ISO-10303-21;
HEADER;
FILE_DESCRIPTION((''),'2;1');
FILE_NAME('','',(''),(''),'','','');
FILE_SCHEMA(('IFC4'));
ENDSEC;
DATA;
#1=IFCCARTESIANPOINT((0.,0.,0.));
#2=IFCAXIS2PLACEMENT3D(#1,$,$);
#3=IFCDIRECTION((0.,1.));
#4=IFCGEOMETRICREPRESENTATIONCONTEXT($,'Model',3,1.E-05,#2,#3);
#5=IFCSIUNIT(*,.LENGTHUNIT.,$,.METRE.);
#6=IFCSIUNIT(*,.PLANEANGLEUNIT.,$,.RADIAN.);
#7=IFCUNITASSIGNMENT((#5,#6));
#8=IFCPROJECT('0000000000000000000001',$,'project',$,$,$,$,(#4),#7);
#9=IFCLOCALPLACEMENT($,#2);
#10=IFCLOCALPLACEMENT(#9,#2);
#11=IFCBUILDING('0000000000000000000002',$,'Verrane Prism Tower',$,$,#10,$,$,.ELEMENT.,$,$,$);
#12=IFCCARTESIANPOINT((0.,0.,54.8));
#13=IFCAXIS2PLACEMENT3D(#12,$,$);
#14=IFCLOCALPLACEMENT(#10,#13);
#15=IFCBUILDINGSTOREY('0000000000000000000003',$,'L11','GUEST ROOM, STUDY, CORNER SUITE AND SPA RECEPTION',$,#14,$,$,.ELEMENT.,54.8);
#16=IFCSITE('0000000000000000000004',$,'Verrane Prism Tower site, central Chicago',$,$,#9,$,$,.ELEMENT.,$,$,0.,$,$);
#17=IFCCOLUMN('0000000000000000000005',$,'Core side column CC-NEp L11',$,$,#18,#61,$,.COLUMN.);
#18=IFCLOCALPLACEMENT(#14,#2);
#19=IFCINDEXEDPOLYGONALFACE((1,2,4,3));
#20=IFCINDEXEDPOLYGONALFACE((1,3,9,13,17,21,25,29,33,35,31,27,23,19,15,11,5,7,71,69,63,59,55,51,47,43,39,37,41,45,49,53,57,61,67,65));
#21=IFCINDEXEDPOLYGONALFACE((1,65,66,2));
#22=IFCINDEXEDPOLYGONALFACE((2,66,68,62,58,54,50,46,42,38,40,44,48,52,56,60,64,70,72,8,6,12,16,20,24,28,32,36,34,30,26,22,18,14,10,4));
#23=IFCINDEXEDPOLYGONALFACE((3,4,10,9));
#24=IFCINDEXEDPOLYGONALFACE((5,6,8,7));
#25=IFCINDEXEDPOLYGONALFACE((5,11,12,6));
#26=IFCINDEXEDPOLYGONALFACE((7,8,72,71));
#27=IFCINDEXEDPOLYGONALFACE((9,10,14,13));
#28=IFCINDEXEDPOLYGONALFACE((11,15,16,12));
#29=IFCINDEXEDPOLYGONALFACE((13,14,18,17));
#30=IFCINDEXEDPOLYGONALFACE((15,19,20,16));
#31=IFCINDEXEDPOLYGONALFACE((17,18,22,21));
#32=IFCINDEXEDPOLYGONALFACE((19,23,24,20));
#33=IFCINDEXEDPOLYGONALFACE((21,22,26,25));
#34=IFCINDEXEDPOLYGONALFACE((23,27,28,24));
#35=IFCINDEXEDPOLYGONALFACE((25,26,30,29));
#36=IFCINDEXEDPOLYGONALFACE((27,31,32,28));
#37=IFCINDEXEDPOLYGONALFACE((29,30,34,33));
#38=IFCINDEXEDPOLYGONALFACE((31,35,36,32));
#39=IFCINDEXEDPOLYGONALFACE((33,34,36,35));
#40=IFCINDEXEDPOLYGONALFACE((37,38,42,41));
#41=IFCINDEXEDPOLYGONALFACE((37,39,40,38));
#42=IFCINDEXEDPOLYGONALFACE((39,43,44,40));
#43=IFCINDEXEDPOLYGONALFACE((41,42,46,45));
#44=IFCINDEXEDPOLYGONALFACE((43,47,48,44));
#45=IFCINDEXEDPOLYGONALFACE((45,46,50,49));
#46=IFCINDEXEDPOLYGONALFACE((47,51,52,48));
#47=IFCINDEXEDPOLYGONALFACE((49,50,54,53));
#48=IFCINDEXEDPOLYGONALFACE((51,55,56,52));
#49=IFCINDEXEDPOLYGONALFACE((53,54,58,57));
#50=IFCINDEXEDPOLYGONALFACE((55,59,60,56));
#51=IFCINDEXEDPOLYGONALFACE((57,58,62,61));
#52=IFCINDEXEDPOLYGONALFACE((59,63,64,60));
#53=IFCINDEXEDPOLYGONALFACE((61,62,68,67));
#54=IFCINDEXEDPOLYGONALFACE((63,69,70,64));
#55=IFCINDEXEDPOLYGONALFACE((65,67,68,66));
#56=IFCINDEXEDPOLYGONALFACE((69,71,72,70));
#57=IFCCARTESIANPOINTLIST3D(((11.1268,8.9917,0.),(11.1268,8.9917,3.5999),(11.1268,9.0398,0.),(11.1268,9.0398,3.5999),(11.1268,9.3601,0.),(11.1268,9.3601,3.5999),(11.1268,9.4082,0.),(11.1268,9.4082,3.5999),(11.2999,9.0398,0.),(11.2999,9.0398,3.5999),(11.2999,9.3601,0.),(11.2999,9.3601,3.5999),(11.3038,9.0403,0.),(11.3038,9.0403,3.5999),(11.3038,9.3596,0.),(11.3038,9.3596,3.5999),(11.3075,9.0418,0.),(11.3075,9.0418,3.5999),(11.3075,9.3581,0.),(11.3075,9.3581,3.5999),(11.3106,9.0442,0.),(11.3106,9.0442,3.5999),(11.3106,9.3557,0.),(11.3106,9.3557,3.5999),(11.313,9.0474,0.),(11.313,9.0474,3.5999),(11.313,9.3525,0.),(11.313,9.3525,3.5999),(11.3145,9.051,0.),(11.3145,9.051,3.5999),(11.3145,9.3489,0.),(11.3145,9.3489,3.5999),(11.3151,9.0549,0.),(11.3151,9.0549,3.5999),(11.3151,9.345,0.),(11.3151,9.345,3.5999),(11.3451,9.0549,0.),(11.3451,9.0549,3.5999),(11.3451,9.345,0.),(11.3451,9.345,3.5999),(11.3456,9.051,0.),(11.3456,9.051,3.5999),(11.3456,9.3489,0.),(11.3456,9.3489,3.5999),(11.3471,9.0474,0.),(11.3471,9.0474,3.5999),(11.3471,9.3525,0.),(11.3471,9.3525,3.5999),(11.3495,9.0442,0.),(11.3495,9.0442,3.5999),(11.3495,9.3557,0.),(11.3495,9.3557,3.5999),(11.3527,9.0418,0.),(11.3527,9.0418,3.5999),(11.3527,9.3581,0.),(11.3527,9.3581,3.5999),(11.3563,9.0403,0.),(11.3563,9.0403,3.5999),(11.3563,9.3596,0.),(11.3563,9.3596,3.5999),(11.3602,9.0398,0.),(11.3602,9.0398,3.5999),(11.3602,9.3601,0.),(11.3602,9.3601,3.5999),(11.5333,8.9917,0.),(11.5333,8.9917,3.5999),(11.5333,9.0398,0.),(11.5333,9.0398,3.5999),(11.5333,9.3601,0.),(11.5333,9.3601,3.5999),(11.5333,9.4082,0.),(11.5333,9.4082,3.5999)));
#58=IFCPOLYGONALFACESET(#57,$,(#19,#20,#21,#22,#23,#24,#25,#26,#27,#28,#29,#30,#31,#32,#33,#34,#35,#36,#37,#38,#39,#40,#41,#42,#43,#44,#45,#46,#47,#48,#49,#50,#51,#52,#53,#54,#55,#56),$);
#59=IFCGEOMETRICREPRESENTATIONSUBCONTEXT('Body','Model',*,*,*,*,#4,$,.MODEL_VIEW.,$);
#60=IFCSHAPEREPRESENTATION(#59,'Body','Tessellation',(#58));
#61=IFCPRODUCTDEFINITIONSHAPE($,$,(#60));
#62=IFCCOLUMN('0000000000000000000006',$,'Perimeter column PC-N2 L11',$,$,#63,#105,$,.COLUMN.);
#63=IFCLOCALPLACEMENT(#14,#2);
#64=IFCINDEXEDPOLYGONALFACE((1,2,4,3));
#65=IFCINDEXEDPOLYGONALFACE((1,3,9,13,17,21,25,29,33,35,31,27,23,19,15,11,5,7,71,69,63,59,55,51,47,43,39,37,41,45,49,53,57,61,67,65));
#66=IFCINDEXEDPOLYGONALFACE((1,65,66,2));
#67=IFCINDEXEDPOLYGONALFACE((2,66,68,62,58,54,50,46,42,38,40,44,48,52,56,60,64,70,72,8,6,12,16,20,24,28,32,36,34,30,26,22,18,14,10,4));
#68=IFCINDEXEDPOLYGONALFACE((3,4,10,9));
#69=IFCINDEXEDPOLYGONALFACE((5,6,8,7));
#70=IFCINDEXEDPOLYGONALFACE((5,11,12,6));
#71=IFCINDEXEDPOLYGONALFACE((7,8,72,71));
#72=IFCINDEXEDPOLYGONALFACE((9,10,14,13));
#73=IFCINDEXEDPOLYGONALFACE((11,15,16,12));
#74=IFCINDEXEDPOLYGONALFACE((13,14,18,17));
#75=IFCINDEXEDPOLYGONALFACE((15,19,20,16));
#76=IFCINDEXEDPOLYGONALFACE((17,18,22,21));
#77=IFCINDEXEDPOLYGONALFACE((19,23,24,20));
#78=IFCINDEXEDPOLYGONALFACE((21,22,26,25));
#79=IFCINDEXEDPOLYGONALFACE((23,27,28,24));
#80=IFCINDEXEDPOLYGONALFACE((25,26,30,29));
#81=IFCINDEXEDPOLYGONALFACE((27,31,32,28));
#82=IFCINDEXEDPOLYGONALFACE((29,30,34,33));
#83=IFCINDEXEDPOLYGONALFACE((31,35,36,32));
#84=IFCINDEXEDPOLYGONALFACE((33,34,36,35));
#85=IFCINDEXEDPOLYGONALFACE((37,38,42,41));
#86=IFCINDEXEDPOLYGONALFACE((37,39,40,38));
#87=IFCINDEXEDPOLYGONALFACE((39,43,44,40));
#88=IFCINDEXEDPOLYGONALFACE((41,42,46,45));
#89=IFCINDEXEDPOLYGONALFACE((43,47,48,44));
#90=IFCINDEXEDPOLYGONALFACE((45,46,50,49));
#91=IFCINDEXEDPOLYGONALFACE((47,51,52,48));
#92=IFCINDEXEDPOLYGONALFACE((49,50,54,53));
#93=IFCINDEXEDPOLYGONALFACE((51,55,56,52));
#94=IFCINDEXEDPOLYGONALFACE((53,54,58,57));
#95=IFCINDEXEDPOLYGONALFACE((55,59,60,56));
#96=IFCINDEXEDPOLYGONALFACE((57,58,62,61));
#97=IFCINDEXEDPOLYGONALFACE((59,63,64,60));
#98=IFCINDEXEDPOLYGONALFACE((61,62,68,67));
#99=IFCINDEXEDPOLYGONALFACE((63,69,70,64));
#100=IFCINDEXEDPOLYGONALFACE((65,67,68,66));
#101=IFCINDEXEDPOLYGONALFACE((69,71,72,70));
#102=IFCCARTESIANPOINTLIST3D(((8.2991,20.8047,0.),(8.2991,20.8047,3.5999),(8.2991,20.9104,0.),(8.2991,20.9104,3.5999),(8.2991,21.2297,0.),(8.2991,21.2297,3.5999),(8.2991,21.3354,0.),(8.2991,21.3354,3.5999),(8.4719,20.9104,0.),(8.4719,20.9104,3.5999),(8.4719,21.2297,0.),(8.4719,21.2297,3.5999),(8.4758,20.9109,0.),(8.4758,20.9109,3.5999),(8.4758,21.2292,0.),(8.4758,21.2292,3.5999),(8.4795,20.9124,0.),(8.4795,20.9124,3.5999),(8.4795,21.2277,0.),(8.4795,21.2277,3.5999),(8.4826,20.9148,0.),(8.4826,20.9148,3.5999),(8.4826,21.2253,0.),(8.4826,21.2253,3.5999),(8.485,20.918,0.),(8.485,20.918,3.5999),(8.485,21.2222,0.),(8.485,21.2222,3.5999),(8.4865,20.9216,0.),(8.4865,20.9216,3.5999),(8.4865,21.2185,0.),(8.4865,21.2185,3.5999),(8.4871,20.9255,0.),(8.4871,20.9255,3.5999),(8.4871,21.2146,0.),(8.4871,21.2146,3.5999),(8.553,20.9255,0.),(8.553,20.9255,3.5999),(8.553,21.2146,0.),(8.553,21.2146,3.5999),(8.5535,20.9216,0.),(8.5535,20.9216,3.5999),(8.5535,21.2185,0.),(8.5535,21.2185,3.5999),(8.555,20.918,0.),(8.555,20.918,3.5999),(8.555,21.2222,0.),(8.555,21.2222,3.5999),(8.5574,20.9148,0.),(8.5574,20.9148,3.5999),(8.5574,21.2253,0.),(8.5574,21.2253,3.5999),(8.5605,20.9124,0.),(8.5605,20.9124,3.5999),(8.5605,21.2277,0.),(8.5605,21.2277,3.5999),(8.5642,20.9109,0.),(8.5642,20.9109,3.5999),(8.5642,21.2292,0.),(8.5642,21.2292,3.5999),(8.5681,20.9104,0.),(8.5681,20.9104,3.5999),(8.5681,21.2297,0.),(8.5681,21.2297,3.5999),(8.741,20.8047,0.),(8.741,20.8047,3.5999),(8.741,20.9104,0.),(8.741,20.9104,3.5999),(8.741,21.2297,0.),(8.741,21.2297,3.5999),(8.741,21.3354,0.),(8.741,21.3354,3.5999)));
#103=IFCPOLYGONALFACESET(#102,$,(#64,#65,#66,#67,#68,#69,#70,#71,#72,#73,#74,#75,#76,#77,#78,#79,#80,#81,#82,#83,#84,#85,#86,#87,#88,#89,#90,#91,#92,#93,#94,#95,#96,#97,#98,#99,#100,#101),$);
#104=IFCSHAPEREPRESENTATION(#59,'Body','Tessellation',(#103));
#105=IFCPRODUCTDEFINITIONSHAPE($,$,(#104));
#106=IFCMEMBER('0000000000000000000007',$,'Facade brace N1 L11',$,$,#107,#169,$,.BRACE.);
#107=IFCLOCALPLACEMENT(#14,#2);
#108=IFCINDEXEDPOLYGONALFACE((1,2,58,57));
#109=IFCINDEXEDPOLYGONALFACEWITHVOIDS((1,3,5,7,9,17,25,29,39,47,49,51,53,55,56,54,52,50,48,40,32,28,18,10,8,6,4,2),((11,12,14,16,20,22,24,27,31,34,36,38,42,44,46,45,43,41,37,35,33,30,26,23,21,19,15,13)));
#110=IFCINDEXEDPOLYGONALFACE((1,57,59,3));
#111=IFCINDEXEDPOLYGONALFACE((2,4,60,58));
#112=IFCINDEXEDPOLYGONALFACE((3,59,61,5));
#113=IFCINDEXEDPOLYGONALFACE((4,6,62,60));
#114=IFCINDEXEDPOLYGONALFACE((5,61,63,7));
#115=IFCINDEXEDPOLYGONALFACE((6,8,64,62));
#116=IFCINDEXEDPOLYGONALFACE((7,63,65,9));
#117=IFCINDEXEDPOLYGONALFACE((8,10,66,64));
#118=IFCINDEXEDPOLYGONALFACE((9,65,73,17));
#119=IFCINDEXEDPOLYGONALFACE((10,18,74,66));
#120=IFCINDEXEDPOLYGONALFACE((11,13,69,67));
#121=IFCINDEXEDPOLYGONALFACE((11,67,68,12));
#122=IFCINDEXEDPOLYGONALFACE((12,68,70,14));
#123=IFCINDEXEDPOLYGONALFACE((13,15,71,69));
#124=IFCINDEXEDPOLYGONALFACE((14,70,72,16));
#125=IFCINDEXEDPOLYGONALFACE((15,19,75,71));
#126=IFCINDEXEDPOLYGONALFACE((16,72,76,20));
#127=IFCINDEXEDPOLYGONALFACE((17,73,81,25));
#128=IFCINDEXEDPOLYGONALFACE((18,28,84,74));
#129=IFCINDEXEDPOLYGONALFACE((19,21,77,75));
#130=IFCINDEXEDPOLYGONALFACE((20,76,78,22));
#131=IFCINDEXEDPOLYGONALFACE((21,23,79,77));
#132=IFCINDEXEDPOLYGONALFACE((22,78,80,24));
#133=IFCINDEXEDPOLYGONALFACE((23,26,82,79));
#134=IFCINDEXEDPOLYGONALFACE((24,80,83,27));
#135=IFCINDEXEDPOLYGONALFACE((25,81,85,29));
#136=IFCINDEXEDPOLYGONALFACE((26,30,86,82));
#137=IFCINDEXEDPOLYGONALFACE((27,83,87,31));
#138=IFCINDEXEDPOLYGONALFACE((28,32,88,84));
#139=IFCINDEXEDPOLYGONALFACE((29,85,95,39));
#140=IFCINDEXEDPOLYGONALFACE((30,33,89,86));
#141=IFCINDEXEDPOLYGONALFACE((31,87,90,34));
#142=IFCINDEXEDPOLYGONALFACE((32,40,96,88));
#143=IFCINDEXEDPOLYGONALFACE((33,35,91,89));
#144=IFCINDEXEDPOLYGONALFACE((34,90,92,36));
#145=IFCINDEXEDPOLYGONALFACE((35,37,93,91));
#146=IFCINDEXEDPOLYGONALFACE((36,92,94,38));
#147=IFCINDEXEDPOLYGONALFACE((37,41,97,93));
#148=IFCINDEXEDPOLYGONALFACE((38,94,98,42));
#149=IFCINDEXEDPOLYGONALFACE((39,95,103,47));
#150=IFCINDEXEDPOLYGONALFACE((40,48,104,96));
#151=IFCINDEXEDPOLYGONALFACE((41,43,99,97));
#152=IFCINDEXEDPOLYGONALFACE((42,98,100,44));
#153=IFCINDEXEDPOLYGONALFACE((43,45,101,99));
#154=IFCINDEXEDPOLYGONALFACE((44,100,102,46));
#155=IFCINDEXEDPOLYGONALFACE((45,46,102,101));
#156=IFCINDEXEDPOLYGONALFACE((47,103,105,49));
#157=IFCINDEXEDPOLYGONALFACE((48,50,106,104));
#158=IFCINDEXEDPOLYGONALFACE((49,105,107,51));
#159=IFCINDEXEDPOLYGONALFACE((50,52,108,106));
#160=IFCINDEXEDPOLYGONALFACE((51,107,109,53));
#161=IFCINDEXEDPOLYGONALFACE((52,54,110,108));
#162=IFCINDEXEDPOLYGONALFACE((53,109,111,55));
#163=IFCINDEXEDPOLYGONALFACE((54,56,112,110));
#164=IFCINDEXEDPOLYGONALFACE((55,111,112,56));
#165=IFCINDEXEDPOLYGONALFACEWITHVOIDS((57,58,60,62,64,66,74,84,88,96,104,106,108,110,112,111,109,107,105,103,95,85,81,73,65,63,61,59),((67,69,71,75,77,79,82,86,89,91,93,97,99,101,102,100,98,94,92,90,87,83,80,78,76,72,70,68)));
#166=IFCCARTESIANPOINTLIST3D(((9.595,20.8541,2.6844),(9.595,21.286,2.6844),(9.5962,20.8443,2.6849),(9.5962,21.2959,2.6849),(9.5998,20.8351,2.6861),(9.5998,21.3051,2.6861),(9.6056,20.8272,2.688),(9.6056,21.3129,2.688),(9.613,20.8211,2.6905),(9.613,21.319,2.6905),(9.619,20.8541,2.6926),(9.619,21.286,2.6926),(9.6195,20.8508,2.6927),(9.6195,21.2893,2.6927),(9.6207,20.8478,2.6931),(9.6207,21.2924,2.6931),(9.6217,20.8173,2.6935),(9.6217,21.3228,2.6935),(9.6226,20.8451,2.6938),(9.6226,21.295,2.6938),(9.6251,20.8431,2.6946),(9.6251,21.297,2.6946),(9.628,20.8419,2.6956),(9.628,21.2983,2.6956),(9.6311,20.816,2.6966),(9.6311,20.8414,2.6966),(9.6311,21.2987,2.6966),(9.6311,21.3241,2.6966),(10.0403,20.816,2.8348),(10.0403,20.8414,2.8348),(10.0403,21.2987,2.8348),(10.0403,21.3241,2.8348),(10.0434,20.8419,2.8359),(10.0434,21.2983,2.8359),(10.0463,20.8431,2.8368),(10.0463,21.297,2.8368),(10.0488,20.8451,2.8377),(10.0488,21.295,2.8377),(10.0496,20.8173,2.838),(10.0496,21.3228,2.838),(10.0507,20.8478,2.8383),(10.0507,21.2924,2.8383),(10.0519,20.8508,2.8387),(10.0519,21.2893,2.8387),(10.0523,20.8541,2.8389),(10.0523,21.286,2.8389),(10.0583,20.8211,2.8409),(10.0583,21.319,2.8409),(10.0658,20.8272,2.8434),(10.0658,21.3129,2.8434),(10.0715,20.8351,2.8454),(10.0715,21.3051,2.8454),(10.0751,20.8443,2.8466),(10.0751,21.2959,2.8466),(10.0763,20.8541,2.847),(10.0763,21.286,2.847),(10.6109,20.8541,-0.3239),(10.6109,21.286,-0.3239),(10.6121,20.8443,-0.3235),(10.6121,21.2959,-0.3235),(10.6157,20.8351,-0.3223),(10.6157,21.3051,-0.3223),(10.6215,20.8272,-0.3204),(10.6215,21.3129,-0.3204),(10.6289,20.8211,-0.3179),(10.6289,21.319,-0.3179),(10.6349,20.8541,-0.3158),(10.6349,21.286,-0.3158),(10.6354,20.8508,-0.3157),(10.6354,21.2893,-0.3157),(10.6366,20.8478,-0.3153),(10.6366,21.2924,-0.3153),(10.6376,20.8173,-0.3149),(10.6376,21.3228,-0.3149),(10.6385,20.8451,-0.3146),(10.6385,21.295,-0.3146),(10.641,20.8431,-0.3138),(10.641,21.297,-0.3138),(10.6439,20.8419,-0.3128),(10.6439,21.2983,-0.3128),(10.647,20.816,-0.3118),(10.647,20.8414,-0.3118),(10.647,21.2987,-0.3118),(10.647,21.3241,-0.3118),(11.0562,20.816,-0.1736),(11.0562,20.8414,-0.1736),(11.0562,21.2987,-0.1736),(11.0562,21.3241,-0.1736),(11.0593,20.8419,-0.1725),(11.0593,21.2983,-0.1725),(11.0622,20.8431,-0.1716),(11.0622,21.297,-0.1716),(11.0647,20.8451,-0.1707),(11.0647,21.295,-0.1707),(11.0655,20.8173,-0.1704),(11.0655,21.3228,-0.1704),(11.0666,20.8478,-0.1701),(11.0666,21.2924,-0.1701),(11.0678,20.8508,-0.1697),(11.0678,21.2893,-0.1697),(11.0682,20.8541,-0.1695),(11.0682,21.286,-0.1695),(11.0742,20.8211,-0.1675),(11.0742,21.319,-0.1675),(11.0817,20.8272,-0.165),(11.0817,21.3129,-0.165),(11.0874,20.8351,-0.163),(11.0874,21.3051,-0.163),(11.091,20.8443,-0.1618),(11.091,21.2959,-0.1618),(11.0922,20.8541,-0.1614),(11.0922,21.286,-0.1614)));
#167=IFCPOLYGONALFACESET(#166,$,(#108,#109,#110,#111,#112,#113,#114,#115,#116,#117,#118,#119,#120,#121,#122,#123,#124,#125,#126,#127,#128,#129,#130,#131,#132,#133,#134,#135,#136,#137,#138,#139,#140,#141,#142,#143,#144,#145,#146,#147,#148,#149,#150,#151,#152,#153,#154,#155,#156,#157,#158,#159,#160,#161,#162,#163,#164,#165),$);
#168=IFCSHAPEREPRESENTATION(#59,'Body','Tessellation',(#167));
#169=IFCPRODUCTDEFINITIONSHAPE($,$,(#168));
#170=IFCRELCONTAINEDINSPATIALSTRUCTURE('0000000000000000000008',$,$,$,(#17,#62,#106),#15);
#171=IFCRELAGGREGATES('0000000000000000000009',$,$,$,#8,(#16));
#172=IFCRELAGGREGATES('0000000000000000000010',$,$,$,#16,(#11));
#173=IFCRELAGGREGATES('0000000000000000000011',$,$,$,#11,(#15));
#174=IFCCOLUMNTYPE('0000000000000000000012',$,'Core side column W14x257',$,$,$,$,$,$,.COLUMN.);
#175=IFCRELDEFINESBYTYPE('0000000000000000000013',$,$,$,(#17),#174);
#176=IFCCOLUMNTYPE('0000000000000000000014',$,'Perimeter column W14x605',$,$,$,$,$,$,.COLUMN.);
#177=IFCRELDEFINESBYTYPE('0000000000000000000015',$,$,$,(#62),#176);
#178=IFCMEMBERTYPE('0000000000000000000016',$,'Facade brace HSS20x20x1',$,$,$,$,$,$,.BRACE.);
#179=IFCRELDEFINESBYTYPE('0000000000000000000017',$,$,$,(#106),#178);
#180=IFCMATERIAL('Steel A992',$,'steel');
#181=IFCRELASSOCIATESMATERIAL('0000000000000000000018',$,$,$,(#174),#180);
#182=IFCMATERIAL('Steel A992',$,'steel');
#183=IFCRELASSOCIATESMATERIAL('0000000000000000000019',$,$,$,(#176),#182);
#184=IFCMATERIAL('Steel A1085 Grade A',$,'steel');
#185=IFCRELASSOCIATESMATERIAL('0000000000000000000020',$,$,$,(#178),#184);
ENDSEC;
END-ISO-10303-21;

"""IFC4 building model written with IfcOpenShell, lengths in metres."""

from ifc_helpers import new_model, si_unit, direction, frame, origin, origin_2d, place, context, subcontext, project, spatial, hollow_rectangle, i_section, extrude, material, material_profile, profile_set, type_object, element, save


model = new_model("IFC4")

# Units and contexts
model_context = context("Model", 3, precision=1e-05, world=origin(), true_north=direction((0.0, 1.0)))
body_context = subcontext(model_context, "Body", "Model", "MODEL_VIEW")
ifc_project = project(units=[si_unit("LENGTHUNIT", "METRE"), si_unit("PLANEANGLEUNIT", "RADIAN")], contexts=[model_context])

# Site, building, storey
site_placement = place(None, origin())
site = spatial("IfcSite", under=ifc_project, at=site_placement, Name="Verrane Prism Tower site, central Chicago", CompositionType="ELEMENT", RefElevation=0.0)
building_placement = place(site_placement, origin())
building = spatial("IfcBuilding", under=site, at=building_placement, Name="Verrane Prism Tower", CompositionType="ELEMENT")
storey_placement = place(building_placement, frame((0.0, 0.0, 54.8)))
storey = spatial("IfcBuildingStorey", under=building, at=storey_placement, Name="L11", Description="GUEST ROOM, STUDY, CORNER SUITE AND SPA RECEPTION", CompositionType="ELEMENT", Elevation=54.8)

# Columns
ifc_material_1 = material(Name="Steel A992", Category="steel")
ifc_material_profile_1 = material_profile(ifc_material_1, i_section(OverallWidth=0.4065, OverallDepth=0.4165, WebThickness=0.03, FlangeThickness=0.0481, FilletRadius=0.0151, at=origin_2d()), Name="W14x257")
ifc_profile_set_1 = profile_set([ifc_material_profile_1], Name="Steel A992")
column_type_1 = type_object("IfcColumnType", Name="Core side column W14x257", PredefinedType="COLUMN", material=ifc_profile_set_1)
column_1_placement = place(storey_placement, frame((11.3301, 9.2, 0.0), z_axis=(0.0, 0.0, 1.0), x_axis=(1.0, 0.0, 0.0)))
element("IfcColumn", 1, at=column_1_placement, inside=storey, type_object=column_type_1, Name="Core side column CC-NEp L11", PredefinedType="COLUMN", context=body_context, shape_type="SweptSolid", body=[
    extrude(i_section(OverallWidth=0.4065, OverallDepth=0.4165, WebThickness=0.03, FlangeThickness=0.0481, FilletRadius=0.0151, at=origin_2d()), origin(), (0.0, 0.0, 1.0), 3.5999),
])
ifc_material_2 = material(Name="Steel A992", Category="steel")
ifc_material_profile_2 = material_profile(ifc_material_2, i_section(OverallWidth=0.4419, OverallDepth=0.5308, WebThickness=0.0659, FlangeThickness=0.1057, FilletRadius=0.0151, at=origin_2d()), Name="W14x605")
ifc_profile_set_2 = profile_set([ifc_material_profile_2], Name="Steel A992")
column_type_2 = type_object("IfcColumnType", Name="Perimeter column W14x605", PredefinedType="COLUMN", material=ifc_profile_set_2)
column_2_placement = place(storey_placement, frame((8.52, 21.0701, 0.0), z_axis=(0.0, 0.0, 1.0), x_axis=(1.0, 0.0, 0.0)))
element("IfcColumn", 2, at=column_2_placement, inside=storey, type_object=column_type_2, Name="Perimeter column PC-N2 L11", PredefinedType="COLUMN", context=body_context, shape_type="SweptSolid", body=[
    extrude(i_section(OverallWidth=0.4419, OverallDepth=0.5308, WebThickness=0.0659, FlangeThickness=0.1057, FilletRadius=0.0151, at=origin_2d()), origin(), (0.0, 0.0, 1.0), 3.5999),
])

# Member
ifc_material_3 = material(Name="Steel A1085 Grade A", Category="steel")
ifc_material_profile_3 = material_profile(ifc_material_3, hollow_rectangle(XDim=0.5081, YDim=0.5081, WallThickness=0.0254, InnerFilletRadius=0.0127, OuterFilletRadius=0.0381, at=origin_2d()), Name="HSS20x20x1")
ifc_profile_set_3 = profile_set([ifc_material_profile_3], Name="Steel A1085 Grade A")
member_type_1 = type_object("IfcMemberType", Name="Facade brace HSS20x20x1", PredefinedType="BRACE", material=ifc_profile_set_3)
member_1_placement = place(storey_placement, frame((10.8516, 21.0701, -0.2427), z_axis=(-0.319939, 0.0, 0.947438), x_axis=(0.0, -1.0, 0.0)))
element("IfcMember", 3, at=member_1_placement, inside=storey, type_object=member_type_1, Name="Facade brace N1 L11", PredefinedType="BRACE", context=body_context, shape_type="SweptSolid", body=[
    extrude(hollow_rectangle(XDim=0.5081, YDim=0.5081, WallThickness=0.0254, InnerFilletRadius=0.0127, OuterFilletRadius=0.0381, at=origin_2d()), origin(), (0.0, 0.0, 1.0), 3.1753),
])

save(model, "model.ifc")
